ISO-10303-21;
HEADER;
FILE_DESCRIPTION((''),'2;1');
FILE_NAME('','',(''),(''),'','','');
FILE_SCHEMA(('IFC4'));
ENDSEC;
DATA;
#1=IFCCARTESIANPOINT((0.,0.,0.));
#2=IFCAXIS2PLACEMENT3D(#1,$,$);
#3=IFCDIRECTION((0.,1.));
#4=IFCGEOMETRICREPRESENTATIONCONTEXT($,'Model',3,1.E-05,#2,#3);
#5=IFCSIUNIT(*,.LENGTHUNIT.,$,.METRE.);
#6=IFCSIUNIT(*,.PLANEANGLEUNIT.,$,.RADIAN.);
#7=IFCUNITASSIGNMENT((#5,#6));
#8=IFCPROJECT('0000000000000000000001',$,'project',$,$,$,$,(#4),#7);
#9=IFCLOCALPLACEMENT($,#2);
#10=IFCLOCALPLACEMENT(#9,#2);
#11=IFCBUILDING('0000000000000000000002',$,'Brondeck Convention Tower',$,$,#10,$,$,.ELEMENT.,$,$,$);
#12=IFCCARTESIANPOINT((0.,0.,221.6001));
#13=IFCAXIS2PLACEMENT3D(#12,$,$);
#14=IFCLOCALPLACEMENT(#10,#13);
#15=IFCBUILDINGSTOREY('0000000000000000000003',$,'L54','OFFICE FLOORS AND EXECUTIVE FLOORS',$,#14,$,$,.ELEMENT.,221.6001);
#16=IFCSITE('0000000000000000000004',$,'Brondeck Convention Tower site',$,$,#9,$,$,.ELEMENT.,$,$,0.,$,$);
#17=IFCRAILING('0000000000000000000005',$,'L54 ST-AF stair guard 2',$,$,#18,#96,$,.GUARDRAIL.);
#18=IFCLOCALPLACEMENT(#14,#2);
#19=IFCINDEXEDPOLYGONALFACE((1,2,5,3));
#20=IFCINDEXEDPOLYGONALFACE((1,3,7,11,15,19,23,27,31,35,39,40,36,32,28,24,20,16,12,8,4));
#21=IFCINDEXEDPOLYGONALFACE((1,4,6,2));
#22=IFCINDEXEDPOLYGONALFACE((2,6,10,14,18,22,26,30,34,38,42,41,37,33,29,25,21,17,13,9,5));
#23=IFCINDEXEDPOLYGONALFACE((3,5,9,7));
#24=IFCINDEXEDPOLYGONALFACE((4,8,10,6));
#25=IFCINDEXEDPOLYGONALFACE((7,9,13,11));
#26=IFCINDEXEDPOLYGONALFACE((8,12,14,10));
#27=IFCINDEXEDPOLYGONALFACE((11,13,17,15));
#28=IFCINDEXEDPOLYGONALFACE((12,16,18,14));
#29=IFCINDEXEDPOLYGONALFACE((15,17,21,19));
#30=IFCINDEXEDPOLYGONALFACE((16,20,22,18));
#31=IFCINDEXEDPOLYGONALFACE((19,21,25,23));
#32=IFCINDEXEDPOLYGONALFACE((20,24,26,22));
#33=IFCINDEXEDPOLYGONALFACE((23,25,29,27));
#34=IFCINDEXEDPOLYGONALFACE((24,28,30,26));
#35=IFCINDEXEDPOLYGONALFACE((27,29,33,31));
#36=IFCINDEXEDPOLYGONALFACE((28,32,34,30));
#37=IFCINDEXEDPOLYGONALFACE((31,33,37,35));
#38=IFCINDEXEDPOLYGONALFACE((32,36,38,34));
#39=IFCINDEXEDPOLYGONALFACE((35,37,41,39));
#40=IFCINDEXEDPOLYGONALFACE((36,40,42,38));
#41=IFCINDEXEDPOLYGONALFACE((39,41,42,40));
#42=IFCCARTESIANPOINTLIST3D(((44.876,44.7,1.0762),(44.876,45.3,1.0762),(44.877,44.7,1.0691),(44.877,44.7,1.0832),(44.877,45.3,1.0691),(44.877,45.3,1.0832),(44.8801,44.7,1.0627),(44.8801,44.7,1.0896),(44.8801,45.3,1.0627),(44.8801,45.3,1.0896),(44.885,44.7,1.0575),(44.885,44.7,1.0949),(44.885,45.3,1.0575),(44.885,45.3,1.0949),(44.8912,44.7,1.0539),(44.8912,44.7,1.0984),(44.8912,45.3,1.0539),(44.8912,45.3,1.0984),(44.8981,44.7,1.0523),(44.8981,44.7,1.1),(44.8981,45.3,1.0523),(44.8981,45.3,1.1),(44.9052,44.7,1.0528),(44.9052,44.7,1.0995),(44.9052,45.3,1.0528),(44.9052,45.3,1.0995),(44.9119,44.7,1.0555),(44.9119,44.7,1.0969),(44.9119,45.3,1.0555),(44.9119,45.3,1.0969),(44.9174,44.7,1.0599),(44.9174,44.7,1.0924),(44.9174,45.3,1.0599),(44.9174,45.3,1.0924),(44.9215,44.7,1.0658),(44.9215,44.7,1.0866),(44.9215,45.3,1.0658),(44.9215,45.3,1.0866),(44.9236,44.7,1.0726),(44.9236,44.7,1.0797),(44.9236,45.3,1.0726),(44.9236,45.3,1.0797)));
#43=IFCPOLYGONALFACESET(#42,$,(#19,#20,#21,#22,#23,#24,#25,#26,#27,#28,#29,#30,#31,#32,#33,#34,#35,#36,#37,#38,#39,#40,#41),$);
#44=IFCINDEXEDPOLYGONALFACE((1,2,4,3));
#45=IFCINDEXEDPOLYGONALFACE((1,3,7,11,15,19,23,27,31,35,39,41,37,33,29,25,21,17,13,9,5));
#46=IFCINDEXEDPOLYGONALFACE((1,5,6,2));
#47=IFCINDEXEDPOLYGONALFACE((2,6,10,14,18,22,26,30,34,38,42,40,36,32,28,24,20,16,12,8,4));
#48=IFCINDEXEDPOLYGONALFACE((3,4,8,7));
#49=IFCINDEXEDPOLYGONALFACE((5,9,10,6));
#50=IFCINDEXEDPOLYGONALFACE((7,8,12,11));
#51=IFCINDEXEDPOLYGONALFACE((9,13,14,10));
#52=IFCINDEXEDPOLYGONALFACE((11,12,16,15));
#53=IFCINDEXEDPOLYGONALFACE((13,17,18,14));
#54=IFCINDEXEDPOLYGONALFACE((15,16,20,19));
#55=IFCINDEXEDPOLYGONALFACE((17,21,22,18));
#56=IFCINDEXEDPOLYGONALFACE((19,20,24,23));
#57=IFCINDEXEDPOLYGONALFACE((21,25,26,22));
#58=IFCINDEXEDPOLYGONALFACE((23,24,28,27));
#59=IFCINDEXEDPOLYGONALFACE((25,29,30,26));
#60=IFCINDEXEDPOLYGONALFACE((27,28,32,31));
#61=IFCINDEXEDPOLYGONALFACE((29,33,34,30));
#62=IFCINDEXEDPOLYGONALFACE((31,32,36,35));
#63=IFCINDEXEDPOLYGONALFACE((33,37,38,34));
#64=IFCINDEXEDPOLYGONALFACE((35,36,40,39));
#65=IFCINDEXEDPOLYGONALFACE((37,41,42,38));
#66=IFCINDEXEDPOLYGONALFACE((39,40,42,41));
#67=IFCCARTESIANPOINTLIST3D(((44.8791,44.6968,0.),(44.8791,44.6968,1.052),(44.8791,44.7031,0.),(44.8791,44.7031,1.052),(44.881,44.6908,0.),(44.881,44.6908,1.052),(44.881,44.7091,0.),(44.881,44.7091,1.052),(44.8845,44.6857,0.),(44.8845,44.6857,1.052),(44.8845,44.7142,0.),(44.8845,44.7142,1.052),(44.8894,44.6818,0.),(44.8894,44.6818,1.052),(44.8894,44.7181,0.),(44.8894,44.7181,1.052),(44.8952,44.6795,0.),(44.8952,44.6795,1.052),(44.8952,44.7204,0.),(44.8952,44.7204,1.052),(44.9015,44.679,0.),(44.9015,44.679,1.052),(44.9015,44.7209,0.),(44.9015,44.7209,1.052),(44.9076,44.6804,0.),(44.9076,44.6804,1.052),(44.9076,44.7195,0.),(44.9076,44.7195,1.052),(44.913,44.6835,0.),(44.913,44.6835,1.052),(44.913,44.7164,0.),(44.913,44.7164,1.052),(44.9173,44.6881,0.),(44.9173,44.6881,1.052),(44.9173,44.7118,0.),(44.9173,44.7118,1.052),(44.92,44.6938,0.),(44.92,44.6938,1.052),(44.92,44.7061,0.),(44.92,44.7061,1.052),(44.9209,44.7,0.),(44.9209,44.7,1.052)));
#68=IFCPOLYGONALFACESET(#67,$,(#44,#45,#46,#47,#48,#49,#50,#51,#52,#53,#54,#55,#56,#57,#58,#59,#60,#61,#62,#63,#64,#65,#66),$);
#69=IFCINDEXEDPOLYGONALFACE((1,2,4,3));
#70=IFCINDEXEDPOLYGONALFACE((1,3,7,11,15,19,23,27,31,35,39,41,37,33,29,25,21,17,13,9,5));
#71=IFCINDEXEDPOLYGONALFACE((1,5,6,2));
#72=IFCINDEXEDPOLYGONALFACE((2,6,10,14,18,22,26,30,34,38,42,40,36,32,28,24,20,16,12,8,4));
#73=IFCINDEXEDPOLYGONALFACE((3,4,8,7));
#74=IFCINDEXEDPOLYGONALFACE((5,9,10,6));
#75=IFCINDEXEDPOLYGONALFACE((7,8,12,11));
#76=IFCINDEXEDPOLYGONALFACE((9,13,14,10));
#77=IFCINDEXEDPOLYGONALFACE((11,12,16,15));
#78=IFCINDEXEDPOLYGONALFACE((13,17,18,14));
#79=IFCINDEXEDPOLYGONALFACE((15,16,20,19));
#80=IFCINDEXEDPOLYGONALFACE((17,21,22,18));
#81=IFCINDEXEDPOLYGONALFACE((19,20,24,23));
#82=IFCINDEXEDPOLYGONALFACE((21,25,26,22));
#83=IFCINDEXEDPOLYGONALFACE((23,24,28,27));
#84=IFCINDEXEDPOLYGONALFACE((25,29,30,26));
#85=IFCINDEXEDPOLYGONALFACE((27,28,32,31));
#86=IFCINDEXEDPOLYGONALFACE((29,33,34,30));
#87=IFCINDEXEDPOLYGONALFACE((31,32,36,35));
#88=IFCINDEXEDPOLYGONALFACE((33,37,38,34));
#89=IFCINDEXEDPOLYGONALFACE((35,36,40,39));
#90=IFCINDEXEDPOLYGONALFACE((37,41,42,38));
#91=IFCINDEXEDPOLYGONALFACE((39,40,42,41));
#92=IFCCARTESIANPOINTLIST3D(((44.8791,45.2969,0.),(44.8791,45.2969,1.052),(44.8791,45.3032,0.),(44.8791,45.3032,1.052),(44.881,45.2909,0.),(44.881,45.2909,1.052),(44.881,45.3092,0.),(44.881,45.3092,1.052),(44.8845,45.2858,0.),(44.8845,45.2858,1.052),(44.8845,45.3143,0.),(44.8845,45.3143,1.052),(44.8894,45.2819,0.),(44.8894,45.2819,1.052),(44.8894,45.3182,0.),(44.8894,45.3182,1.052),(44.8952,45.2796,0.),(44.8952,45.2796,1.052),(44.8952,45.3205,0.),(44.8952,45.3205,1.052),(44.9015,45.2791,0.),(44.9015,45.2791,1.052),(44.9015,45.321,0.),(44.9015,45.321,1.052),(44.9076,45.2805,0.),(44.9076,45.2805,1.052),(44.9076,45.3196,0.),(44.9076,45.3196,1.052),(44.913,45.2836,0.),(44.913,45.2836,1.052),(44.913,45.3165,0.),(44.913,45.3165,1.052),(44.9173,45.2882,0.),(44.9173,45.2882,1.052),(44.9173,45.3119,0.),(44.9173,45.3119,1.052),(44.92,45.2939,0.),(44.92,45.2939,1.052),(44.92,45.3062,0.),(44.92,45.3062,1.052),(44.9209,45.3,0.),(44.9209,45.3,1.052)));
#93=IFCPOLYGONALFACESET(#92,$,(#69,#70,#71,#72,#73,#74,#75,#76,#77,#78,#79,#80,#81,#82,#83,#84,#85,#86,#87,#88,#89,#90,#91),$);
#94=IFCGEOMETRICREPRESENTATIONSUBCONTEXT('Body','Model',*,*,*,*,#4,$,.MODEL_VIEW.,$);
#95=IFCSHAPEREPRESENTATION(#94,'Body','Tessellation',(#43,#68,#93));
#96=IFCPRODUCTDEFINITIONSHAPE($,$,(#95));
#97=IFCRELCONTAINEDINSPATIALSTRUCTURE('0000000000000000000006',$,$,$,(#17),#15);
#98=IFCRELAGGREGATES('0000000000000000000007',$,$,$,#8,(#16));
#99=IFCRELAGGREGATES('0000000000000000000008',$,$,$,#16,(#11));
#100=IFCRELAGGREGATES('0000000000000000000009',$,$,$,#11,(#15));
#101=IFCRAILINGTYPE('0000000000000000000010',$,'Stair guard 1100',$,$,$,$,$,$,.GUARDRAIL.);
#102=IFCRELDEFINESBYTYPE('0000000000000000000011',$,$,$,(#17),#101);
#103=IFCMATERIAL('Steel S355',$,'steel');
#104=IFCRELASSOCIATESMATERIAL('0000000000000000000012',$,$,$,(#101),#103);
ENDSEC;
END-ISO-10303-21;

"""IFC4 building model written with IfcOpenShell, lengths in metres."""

from ifc_helpers import new_model, si_unit, direction, frame, origin, origin_2d, place, context, subcontext, project, spatial, circle, extrude, material, type_object, element, save


model = new_model("IFC4")

# Units and contexts
model_context = context("Model", 3, precision=1e-05, world=origin(), true_north=direction((0.0, 1.0)))
body_context = subcontext(model_context, "Body", "Model", "MODEL_VIEW")
ifc_project = project(units=[si_unit("LENGTHUNIT", "METRE"), si_unit("PLANEANGLEUNIT", "RADIAN")], contexts=[model_context])

# Site, building, storey
site_placement = place(None, origin())
site = spatial("IfcSite", under=ifc_project, at=site_placement, Name="Brondeck Convention Tower site", CompositionType="ELEMENT", RefElevation=0.0)
building_placement = place(site_placement, origin())
building = spatial("IfcBuilding", under=site, at=building_placement, Name="Brondeck Convention Tower", CompositionType="ELEMENT")
storey_placement = place(building_placement, frame((0.0, 0.0, 221.6001)))
storey = spatial("IfcBuildingStorey", under=building, at=storey_placement, Name="L54", Description="OFFICE FLOORS AND EXECUTIVE FLOORS", CompositionType="ELEMENT", Elevation=221.6001)

# Shared definitions
ifc_material_1 = material(Name="Steel S355", Category="steel")

# Railing
railing_type_1 = type_object("IfcRailingType", Name="Stair guard 1100", PredefinedType="GUARDRAIL", material=ifc_material_1)
railing_1_placement = place(storey_placement, frame((44.8999, 44.7, 0.0)))
element("IfcRailing", 1, at=railing_1_placement, inside=storey, type_object=railing_type_1, Name="L54 ST-AF stair guard 2", PredefinedType="GUARDRAIL", context=body_context, shape_type="SweptSolid", body=[
    extrude(circle(Radius=0.0239, at=origin_2d()), frame((0.0, 0.0, 1.0762), z_axis=(0.0, 1.0, 0.0), x_axis=(-1.0, 0.0, 0.0)), (0.0, 0.0, 1.0), 0.6001),
    extrude(circle(Radius=0.021, at=origin_2d()), origin(), (0.0, 0.0, 1.0), 1.052),
    extrude(circle(Radius=0.021, at=origin_2d()), frame((0.0, 0.6001, 0.0)), (0.0, 0.0, 1.0), 1.052),
])

save(model, "model.ifc")
